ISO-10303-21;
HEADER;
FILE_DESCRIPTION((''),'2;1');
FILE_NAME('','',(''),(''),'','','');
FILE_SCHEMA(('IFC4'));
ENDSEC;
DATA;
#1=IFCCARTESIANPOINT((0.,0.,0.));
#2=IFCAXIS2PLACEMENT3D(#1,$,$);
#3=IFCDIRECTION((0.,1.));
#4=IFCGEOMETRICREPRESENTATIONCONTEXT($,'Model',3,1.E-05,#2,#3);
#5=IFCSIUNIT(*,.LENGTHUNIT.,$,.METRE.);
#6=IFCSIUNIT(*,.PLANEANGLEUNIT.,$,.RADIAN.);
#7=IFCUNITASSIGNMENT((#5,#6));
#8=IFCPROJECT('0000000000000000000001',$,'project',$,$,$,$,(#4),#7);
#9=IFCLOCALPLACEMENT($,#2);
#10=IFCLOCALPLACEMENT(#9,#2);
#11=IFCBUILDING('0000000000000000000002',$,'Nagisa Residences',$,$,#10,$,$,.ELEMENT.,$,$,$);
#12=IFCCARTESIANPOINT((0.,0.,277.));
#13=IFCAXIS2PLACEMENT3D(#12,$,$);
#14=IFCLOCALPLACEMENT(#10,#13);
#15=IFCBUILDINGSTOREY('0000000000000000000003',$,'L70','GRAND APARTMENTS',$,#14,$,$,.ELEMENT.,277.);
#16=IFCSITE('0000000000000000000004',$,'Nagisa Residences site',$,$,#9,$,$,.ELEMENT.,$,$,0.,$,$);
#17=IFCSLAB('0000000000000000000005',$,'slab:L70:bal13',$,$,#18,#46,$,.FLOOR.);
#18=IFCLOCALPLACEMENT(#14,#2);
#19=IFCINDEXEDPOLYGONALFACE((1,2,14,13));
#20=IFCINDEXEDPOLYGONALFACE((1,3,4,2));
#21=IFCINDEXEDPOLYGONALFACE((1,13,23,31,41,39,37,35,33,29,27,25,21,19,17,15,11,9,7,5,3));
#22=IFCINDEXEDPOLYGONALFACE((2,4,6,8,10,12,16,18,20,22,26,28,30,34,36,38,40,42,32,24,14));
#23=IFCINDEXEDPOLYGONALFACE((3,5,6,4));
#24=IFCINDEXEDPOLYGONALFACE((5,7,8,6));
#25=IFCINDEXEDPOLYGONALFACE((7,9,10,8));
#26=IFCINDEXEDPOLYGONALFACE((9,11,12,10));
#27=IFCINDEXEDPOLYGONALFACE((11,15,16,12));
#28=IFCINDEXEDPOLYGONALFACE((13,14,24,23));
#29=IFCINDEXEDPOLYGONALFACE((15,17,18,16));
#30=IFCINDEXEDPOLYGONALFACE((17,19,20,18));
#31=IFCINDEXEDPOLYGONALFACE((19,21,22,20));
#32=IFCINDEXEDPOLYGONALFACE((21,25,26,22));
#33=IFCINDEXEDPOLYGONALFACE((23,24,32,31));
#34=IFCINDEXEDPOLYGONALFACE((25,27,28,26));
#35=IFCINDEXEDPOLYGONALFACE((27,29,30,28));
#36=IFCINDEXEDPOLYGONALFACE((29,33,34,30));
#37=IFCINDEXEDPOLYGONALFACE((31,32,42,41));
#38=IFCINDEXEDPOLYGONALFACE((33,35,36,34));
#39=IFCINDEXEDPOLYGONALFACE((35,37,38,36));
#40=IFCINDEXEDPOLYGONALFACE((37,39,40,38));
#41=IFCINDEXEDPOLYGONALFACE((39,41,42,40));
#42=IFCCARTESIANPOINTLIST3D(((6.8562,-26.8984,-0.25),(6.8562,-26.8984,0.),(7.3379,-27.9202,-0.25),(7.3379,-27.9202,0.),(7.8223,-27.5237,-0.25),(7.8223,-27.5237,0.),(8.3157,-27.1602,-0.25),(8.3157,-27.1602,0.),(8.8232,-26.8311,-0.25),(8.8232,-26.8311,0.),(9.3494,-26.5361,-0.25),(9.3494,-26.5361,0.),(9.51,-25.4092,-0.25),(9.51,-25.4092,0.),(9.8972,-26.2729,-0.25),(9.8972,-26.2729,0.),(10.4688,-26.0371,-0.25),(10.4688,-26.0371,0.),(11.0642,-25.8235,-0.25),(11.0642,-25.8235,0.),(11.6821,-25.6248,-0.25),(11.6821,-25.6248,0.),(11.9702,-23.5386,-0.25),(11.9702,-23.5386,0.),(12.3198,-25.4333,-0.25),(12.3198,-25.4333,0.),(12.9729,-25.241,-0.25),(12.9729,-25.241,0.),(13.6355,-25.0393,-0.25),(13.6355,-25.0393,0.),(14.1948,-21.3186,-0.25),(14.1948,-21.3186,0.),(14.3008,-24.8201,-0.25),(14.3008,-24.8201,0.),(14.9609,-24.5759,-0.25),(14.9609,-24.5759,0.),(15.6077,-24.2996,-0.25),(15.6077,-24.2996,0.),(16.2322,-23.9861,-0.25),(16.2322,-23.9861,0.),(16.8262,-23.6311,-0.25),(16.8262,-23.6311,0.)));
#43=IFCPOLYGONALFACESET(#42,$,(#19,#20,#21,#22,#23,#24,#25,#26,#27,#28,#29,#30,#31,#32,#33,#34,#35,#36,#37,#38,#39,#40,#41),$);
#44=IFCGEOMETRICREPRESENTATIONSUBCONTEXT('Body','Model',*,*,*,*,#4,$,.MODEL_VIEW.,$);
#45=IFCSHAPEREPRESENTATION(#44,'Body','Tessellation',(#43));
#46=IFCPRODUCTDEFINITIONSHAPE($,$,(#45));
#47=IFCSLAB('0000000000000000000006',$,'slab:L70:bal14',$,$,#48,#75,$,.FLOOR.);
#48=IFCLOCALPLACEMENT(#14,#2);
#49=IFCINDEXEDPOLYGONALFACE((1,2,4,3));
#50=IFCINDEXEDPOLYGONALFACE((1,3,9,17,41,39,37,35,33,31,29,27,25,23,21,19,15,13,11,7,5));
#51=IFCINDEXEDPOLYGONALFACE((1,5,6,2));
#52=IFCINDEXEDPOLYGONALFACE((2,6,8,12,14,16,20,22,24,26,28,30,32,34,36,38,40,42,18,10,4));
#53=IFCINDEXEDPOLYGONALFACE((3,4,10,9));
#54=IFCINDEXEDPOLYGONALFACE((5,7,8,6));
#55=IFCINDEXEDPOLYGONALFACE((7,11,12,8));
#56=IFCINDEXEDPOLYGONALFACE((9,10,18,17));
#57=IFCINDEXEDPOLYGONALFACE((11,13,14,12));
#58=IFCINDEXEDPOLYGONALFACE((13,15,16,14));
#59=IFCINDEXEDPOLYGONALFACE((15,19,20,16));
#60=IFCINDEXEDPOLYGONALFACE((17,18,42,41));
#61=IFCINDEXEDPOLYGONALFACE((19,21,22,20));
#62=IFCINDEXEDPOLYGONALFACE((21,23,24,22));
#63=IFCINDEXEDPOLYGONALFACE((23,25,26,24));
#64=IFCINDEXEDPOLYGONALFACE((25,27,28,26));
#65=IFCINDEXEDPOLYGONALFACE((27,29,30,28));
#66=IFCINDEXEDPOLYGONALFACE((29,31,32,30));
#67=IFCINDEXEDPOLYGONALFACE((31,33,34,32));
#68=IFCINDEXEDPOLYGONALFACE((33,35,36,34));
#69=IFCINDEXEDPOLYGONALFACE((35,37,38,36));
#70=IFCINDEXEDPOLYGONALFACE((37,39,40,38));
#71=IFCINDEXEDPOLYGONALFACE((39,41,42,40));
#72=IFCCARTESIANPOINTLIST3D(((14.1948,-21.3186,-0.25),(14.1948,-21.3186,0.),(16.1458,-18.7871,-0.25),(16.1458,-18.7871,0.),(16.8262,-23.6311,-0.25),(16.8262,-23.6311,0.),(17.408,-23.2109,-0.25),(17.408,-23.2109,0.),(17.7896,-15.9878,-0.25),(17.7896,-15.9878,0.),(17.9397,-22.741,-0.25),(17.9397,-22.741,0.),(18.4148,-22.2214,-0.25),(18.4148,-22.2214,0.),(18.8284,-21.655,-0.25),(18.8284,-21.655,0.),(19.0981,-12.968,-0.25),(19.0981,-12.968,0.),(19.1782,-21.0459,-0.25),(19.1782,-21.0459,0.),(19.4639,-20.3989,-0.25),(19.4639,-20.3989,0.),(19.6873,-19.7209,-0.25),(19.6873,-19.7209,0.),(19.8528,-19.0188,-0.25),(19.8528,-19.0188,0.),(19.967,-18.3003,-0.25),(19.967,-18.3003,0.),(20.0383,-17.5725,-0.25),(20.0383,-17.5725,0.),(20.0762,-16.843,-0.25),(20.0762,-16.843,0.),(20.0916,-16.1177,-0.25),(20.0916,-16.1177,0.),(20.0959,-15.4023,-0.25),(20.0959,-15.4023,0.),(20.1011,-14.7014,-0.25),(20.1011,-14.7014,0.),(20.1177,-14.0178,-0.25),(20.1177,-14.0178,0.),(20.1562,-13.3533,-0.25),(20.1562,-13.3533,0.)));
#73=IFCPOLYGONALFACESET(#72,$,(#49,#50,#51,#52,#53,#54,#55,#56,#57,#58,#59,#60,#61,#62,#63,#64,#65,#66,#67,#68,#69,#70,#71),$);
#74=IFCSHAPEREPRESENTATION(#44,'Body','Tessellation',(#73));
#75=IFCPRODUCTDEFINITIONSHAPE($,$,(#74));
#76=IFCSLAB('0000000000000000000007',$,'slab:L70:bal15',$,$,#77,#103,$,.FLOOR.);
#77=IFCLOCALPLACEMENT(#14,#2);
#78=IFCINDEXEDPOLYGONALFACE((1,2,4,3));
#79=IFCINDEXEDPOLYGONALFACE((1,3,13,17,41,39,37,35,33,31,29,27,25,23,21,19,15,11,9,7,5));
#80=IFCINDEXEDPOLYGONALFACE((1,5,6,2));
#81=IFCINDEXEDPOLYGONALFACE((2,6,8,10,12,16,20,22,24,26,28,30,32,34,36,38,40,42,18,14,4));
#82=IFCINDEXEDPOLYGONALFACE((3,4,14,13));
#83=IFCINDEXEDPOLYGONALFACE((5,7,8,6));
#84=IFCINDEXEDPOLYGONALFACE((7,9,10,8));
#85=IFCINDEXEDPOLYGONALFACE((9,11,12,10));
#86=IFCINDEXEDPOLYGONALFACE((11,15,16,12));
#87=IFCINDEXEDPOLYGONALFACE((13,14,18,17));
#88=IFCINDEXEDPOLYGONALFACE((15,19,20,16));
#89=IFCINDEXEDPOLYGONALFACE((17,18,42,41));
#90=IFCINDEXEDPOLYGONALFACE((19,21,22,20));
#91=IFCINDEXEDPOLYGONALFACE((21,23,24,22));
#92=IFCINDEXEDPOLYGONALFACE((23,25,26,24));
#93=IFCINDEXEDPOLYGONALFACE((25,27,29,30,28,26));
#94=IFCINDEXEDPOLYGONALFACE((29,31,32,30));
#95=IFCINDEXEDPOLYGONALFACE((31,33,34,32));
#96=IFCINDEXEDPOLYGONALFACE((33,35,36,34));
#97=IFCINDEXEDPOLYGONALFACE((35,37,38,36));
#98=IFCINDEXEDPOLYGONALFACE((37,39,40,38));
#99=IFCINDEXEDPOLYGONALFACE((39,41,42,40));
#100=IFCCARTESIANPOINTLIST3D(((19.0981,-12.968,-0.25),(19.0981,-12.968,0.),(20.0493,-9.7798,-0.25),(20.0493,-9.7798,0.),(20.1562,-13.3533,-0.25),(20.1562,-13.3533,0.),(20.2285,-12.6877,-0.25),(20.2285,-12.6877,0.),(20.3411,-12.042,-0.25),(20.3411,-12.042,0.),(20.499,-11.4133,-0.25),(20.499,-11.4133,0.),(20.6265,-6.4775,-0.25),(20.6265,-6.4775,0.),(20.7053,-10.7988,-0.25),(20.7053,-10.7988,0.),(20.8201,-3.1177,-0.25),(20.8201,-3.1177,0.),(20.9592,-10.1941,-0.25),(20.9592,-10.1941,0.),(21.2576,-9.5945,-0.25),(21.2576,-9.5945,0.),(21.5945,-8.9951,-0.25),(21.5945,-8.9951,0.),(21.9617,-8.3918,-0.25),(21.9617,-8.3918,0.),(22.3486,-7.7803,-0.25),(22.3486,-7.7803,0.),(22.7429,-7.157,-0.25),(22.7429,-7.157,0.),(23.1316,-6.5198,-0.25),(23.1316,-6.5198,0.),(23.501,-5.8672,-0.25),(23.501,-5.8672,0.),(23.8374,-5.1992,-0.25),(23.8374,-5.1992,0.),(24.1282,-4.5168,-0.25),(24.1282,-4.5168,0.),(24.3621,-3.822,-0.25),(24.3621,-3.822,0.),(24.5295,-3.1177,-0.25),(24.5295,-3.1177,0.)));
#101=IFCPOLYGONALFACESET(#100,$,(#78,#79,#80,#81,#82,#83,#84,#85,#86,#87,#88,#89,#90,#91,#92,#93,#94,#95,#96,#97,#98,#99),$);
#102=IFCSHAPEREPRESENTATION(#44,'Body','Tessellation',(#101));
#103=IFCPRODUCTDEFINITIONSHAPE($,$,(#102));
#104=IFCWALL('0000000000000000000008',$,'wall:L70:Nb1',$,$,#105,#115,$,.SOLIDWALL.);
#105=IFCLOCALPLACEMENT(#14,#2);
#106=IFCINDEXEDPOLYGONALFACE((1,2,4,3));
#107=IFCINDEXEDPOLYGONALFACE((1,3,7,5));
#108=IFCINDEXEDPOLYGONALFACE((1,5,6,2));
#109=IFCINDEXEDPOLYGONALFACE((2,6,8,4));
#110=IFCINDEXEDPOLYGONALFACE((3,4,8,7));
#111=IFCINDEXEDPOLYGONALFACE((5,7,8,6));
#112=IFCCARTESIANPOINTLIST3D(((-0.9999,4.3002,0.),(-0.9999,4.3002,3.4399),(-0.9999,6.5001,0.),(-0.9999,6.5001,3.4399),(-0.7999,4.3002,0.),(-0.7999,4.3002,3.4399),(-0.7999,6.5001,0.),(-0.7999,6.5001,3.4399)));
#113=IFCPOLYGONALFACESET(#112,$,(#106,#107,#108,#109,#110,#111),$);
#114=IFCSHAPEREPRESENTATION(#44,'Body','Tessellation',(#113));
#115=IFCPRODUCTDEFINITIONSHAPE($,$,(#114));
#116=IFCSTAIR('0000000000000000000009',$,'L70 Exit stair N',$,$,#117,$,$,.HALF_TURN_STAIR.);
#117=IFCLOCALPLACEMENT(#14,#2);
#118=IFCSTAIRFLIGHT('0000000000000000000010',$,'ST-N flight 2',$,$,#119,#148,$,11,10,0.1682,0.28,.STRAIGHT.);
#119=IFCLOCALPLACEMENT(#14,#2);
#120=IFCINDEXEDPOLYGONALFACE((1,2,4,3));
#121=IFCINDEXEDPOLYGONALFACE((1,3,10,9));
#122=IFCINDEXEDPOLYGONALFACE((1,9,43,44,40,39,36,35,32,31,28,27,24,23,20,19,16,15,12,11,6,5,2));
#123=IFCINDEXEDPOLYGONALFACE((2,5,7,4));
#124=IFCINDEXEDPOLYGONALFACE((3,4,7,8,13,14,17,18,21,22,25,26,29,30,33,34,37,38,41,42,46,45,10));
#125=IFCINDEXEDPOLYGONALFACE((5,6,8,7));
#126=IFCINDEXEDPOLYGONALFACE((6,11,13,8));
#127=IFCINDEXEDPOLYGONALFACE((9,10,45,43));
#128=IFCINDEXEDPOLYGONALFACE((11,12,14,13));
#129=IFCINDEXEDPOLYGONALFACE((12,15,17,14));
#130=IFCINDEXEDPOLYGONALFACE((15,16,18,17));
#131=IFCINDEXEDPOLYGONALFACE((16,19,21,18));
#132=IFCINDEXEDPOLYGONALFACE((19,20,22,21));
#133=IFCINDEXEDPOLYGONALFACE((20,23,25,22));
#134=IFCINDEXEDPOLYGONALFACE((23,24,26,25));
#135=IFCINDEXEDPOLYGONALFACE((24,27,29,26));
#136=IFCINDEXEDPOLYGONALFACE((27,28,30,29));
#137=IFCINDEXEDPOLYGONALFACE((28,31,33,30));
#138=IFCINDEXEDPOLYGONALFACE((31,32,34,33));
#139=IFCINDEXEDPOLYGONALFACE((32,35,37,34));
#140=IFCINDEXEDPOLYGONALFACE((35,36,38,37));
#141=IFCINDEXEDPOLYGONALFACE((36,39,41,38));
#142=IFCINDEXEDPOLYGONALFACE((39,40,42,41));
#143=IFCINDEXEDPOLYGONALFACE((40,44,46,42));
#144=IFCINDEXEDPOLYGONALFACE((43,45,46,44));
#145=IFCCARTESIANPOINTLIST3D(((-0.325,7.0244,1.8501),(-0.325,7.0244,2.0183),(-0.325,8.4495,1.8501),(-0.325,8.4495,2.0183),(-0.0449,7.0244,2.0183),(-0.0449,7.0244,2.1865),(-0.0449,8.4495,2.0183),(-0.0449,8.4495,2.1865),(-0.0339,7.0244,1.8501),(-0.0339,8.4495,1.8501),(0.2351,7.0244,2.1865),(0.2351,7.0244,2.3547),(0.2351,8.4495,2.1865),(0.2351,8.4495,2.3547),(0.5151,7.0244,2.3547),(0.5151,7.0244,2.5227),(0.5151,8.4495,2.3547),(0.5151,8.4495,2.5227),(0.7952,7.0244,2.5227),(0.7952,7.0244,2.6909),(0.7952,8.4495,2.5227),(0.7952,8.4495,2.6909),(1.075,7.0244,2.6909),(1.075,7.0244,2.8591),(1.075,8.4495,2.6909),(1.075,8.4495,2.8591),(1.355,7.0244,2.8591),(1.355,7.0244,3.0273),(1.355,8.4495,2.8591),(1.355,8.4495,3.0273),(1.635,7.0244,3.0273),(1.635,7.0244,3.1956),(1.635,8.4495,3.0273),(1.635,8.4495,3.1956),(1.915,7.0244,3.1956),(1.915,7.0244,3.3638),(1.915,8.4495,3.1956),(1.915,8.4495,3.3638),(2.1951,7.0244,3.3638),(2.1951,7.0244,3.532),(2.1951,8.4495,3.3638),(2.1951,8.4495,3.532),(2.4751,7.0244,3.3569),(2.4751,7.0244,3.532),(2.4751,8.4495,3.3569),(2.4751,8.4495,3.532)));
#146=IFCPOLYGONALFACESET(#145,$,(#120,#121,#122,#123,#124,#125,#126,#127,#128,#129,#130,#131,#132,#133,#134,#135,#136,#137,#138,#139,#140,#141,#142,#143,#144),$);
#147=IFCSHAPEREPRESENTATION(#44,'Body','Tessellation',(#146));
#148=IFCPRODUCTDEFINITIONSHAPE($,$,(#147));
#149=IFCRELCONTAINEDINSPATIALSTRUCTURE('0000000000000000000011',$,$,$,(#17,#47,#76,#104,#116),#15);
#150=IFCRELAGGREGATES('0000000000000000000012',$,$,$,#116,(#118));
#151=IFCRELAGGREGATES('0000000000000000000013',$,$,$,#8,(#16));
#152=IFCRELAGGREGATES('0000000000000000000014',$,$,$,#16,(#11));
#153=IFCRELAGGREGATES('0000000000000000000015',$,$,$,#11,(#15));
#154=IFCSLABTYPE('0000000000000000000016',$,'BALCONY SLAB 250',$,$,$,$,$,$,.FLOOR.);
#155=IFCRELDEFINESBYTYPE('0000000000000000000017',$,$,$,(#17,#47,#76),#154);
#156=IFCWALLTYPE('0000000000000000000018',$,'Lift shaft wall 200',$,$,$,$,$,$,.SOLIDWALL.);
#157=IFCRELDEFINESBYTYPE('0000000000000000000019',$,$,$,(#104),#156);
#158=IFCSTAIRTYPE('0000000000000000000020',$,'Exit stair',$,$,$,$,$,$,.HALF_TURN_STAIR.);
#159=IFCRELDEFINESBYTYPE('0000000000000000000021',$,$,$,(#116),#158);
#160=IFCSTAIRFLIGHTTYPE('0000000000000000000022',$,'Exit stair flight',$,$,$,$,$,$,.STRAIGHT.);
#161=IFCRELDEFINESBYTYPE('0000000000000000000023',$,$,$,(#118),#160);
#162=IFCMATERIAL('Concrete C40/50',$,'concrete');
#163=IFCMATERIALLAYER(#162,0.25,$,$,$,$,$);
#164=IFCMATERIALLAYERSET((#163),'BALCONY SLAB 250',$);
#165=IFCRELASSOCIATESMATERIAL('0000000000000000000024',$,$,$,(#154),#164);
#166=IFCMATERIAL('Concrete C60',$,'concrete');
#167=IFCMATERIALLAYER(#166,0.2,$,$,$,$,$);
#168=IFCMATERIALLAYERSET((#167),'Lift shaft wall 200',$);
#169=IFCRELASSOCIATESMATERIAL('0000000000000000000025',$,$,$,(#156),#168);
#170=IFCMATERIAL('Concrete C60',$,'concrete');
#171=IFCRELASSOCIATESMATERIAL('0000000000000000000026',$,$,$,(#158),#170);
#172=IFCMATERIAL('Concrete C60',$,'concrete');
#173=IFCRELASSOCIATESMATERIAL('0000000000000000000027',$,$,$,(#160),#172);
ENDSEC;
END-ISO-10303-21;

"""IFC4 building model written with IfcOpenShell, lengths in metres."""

from ifc_helpers import new_model, si_unit, direction, frame, frame_2d, origin, place, context, subcontext, project, spatial, polyline, rectangle, outline, extrude, material, layer, layer_set, type_object, element, aggregate, save


model = new_model("IFC4")

# Units and contexts
model_context = context("Model", 3, precision=1e-05, world=origin(), true_north=direction((0.0, 1.0)))
body_context = subcontext(model_context, "Body", "Model", "MODEL_VIEW")
ifc_project = project(units=[si_unit("LENGTHUNIT", "METRE"), si_unit("PLANEANGLEUNIT", "RADIAN")], contexts=[model_context])

# Site, building, storey
site_placement = place(None, origin())
site = spatial("IfcSite", under=ifc_project, at=site_placement, Name="Nagisa Residences site", CompositionType="ELEMENT", RefElevation=0.0)
building_placement = place(site_placement, origin())
building = spatial("IfcBuilding", under=site, at=building_placement, Name="Nagisa Residences", CompositionType="ELEMENT")
storey_placement = place(building_placement, frame((0.0, 0.0, 277.0)))
storey = spatial("IfcBuildingStorey", under=building, at=storey_placement, Name="L70", Description="GRAND APARTMENTS", CompositionType="ELEMENT", Elevation=277.0)

# Slabs
ifc_material_1 = material(Name="Concrete C40/50", Category="concrete")
ifc_layer_1 = layer(ifc_material_1, 0.25)
ifc_layer_set_1 = layer_set([ifc_layer_1], Name="BALCONY SLAB 250")
slab_type = type_object("IfcSlabType", Name="BALCONY SLAB 250", PredefinedType="FLOOR", material=ifc_layer_set_1)
slab_1_placement = place(storey_placement, frame((0.0, 0.0, -0.25)))
element("IfcSlab", 1, at=slab_1_placement, inside=storey, type_object=slab_type, Name="slab:L70:bal13", PredefinedType="FLOOR", context=body_context, shape_type="SweptSolid", body=[
    extrude(outline(polyline([(7.3379, -27.9202), (7.8223, -27.5237), (8.3157, -27.1602), (8.8232, -26.8311), (9.3494, -26.5361), (9.8972, -26.2729), (10.4688, -26.0371), (11.0642, -25.8235), (11.6821, -25.6248), (12.3198, -25.4333), (12.9729, -25.241), (13.6355, -25.0393), (14.3008, -24.8201), (14.9609, -24.5759), (15.6077, -24.2996), (16.2322, -23.9861), (16.8262, -23.6311), (14.1948, -21.3186), (11.9702, -23.5386), (9.51, -25.4092), (6.8562, -26.8984), (7.3379, -27.9202)])), origin(), (0.0, 0.0, 1.0), 0.25),
])
slab_2_placement = place(storey_placement, frame((0.0, 0.0, -0.25)))
element("IfcSlab", 2, at=slab_2_placement, inside=storey, type_object=slab_type, Name="slab:L70:bal14", PredefinedType="FLOOR", context=body_context, shape_type="SweptSolid", body=[
    extrude(outline(polyline([(16.8262, -23.6311), (17.408, -23.2109), (17.9397, -22.741), (18.4148, -22.2214), (18.8284, -21.655), (19.1782, -21.0459), (19.4639, -20.3989), (19.6873, -19.7209), (19.8528, -19.0188), (19.967, -18.3003), (20.0383, -17.5725), (20.0762, -16.843), (20.0916, -16.1177), (20.0959, -15.4023), (20.1011, -14.7014), (20.1177, -14.0178), (20.1562, -13.3533), (19.0981, -12.968), (17.7896, -15.9878), (16.1458, -18.7871), (14.1948, -21.3186), (16.8262, -23.6311)])), origin(), (0.0, 0.0, 1.0), 0.25),
])
slab_3_placement = place(storey_placement, frame((0.0, 0.0, -0.25)))
element("IfcSlab", 3, at=slab_3_placement, inside=storey, type_object=slab_type, Name="slab:L70:bal15", PredefinedType="FLOOR", context=body_context, shape_type="SweptSolid", body=[
    extrude(outline(polyline([(20.1562, -13.3533), (20.2285, -12.6877), (20.3411, -12.042), (20.499, -11.4133), (20.7053, -10.7988), (20.9592, -10.1941), (21.2576, -9.5945), (21.5945, -8.9951), (21.9617, -8.3918), (22.3486, -7.7803), (22.7429, -7.157), (23.1316, -6.5198), (23.501, -5.8672), (23.8374, -5.1992), (24.1282, -4.5168), (24.3621, -3.822), (24.5295, -3.1177), (20.8201, -3.1177), (20.6265, -6.4775), (20.0493, -9.7798), (19.0981, -12.968), (20.1562, -13.3533)])), origin(), (0.0, 0.0, 1.0), 0.25),
])

# Wall
ifc_material_2 = material(Name="Concrete C60", Category="concrete")
ifc_layer_2 = layer(ifc_material_2, 0.2)
ifc_layer_set_2 = layer_set([ifc_layer_2], Name="Lift shaft wall 200")
wall_type = type_object("IfcWallType", Name="Lift shaft wall 200", PredefinedType="SOLIDWALL", material=ifc_layer_set_2)
wall_placement = place(storey_placement, frame((-0.8999, 4.3, 0.0), z_axis=(0.0, 0.0, 1.0), x_axis=(0.0, 1.0, 0.0)))
element("IfcWall", 4, at=wall_placement, inside=storey, type_object=wall_type, Name="wall:L70:Nb1", PredefinedType="SOLIDWALL", context=body_context, shape_type="SweptSolid", body=[
    extrude(rectangle(XDim=2.2, YDim=0.2, at=frame_2d((1.1001, 0.0))), origin(), (0.0, 0.0, 1.0), 3.4399),
])

# Stair, stair flight
ifc_material_3 = material(Name="Concrete C60", Category="concrete")
stair_type = type_object("IfcStairType", Name="Exit stair", PredefinedType="HALF_TURN_STAIR", material=ifc_material_3)
stair_placement = place(storey_placement, origin())
stair = element("IfcStair", 5, at=stair_placement, inside=storey, type_object=stair_type, Name="L70 Exit stair N", PredefinedType="HALF_TURN_STAIR")
ifc_material_4 = material(Name="Concrete C60", Category="concrete")
stair_flight_type = type_object("IfcStairFlightType", Name="Exit stair flight", PredefinedType="STRAIGHT", material=ifc_material_4)
stair_flight_placement = place(storey_placement, frame((-0.325, 7.7371, 1.8501), z_axis=(0.0, 0.0, 1.0), x_axis=(1.0, 0.0, 0.0)))
stair_flight = element("IfcStairFlight", 6, at=stair_flight_placement, type_object=stair_flight_type, Name="ST-N flight 2", NumberOfRisers=11, NumberOfTreads=10, PredefinedType="STRAIGHT", RiserHeight=0.1682, TreadLength=0.28, context=body_context, shape_type="SweptSolid", body=[
    extrude(outline(polyline([(0.0, 0.0), (0.0, 0.1682), (0.28, 0.1682), (0.28, 0.3364), (0.5601, 0.3364), (0.5601, 0.5046), (0.8401, 0.5046), (0.8401, 0.6726), (1.1201, 0.6726), (1.1201, 0.8408), (1.3999, 0.8408), (1.3999, 1.009), (1.6799, 1.009), (1.6799, 1.1772), (1.96, 1.1772), (1.96, 1.3455), (2.24, 1.3455), (2.24, 1.5137), (2.52, 1.5137), (2.52, 1.6819), (2.8, 1.6819), (2.8, 1.8501), (2.8, 1.5068), (0.291, 0.0), (0.0, 0.0)])), frame((0.0, 0.7124, 0.0), z_axis=(0.0, -1.0, 0.0), x_axis=(1.0, 0.0, 0.0)), (0.0, 0.0, 1.0), 1.425),
])
aggregate(stair, [stair_flight])

save(model, "model.ifc")
